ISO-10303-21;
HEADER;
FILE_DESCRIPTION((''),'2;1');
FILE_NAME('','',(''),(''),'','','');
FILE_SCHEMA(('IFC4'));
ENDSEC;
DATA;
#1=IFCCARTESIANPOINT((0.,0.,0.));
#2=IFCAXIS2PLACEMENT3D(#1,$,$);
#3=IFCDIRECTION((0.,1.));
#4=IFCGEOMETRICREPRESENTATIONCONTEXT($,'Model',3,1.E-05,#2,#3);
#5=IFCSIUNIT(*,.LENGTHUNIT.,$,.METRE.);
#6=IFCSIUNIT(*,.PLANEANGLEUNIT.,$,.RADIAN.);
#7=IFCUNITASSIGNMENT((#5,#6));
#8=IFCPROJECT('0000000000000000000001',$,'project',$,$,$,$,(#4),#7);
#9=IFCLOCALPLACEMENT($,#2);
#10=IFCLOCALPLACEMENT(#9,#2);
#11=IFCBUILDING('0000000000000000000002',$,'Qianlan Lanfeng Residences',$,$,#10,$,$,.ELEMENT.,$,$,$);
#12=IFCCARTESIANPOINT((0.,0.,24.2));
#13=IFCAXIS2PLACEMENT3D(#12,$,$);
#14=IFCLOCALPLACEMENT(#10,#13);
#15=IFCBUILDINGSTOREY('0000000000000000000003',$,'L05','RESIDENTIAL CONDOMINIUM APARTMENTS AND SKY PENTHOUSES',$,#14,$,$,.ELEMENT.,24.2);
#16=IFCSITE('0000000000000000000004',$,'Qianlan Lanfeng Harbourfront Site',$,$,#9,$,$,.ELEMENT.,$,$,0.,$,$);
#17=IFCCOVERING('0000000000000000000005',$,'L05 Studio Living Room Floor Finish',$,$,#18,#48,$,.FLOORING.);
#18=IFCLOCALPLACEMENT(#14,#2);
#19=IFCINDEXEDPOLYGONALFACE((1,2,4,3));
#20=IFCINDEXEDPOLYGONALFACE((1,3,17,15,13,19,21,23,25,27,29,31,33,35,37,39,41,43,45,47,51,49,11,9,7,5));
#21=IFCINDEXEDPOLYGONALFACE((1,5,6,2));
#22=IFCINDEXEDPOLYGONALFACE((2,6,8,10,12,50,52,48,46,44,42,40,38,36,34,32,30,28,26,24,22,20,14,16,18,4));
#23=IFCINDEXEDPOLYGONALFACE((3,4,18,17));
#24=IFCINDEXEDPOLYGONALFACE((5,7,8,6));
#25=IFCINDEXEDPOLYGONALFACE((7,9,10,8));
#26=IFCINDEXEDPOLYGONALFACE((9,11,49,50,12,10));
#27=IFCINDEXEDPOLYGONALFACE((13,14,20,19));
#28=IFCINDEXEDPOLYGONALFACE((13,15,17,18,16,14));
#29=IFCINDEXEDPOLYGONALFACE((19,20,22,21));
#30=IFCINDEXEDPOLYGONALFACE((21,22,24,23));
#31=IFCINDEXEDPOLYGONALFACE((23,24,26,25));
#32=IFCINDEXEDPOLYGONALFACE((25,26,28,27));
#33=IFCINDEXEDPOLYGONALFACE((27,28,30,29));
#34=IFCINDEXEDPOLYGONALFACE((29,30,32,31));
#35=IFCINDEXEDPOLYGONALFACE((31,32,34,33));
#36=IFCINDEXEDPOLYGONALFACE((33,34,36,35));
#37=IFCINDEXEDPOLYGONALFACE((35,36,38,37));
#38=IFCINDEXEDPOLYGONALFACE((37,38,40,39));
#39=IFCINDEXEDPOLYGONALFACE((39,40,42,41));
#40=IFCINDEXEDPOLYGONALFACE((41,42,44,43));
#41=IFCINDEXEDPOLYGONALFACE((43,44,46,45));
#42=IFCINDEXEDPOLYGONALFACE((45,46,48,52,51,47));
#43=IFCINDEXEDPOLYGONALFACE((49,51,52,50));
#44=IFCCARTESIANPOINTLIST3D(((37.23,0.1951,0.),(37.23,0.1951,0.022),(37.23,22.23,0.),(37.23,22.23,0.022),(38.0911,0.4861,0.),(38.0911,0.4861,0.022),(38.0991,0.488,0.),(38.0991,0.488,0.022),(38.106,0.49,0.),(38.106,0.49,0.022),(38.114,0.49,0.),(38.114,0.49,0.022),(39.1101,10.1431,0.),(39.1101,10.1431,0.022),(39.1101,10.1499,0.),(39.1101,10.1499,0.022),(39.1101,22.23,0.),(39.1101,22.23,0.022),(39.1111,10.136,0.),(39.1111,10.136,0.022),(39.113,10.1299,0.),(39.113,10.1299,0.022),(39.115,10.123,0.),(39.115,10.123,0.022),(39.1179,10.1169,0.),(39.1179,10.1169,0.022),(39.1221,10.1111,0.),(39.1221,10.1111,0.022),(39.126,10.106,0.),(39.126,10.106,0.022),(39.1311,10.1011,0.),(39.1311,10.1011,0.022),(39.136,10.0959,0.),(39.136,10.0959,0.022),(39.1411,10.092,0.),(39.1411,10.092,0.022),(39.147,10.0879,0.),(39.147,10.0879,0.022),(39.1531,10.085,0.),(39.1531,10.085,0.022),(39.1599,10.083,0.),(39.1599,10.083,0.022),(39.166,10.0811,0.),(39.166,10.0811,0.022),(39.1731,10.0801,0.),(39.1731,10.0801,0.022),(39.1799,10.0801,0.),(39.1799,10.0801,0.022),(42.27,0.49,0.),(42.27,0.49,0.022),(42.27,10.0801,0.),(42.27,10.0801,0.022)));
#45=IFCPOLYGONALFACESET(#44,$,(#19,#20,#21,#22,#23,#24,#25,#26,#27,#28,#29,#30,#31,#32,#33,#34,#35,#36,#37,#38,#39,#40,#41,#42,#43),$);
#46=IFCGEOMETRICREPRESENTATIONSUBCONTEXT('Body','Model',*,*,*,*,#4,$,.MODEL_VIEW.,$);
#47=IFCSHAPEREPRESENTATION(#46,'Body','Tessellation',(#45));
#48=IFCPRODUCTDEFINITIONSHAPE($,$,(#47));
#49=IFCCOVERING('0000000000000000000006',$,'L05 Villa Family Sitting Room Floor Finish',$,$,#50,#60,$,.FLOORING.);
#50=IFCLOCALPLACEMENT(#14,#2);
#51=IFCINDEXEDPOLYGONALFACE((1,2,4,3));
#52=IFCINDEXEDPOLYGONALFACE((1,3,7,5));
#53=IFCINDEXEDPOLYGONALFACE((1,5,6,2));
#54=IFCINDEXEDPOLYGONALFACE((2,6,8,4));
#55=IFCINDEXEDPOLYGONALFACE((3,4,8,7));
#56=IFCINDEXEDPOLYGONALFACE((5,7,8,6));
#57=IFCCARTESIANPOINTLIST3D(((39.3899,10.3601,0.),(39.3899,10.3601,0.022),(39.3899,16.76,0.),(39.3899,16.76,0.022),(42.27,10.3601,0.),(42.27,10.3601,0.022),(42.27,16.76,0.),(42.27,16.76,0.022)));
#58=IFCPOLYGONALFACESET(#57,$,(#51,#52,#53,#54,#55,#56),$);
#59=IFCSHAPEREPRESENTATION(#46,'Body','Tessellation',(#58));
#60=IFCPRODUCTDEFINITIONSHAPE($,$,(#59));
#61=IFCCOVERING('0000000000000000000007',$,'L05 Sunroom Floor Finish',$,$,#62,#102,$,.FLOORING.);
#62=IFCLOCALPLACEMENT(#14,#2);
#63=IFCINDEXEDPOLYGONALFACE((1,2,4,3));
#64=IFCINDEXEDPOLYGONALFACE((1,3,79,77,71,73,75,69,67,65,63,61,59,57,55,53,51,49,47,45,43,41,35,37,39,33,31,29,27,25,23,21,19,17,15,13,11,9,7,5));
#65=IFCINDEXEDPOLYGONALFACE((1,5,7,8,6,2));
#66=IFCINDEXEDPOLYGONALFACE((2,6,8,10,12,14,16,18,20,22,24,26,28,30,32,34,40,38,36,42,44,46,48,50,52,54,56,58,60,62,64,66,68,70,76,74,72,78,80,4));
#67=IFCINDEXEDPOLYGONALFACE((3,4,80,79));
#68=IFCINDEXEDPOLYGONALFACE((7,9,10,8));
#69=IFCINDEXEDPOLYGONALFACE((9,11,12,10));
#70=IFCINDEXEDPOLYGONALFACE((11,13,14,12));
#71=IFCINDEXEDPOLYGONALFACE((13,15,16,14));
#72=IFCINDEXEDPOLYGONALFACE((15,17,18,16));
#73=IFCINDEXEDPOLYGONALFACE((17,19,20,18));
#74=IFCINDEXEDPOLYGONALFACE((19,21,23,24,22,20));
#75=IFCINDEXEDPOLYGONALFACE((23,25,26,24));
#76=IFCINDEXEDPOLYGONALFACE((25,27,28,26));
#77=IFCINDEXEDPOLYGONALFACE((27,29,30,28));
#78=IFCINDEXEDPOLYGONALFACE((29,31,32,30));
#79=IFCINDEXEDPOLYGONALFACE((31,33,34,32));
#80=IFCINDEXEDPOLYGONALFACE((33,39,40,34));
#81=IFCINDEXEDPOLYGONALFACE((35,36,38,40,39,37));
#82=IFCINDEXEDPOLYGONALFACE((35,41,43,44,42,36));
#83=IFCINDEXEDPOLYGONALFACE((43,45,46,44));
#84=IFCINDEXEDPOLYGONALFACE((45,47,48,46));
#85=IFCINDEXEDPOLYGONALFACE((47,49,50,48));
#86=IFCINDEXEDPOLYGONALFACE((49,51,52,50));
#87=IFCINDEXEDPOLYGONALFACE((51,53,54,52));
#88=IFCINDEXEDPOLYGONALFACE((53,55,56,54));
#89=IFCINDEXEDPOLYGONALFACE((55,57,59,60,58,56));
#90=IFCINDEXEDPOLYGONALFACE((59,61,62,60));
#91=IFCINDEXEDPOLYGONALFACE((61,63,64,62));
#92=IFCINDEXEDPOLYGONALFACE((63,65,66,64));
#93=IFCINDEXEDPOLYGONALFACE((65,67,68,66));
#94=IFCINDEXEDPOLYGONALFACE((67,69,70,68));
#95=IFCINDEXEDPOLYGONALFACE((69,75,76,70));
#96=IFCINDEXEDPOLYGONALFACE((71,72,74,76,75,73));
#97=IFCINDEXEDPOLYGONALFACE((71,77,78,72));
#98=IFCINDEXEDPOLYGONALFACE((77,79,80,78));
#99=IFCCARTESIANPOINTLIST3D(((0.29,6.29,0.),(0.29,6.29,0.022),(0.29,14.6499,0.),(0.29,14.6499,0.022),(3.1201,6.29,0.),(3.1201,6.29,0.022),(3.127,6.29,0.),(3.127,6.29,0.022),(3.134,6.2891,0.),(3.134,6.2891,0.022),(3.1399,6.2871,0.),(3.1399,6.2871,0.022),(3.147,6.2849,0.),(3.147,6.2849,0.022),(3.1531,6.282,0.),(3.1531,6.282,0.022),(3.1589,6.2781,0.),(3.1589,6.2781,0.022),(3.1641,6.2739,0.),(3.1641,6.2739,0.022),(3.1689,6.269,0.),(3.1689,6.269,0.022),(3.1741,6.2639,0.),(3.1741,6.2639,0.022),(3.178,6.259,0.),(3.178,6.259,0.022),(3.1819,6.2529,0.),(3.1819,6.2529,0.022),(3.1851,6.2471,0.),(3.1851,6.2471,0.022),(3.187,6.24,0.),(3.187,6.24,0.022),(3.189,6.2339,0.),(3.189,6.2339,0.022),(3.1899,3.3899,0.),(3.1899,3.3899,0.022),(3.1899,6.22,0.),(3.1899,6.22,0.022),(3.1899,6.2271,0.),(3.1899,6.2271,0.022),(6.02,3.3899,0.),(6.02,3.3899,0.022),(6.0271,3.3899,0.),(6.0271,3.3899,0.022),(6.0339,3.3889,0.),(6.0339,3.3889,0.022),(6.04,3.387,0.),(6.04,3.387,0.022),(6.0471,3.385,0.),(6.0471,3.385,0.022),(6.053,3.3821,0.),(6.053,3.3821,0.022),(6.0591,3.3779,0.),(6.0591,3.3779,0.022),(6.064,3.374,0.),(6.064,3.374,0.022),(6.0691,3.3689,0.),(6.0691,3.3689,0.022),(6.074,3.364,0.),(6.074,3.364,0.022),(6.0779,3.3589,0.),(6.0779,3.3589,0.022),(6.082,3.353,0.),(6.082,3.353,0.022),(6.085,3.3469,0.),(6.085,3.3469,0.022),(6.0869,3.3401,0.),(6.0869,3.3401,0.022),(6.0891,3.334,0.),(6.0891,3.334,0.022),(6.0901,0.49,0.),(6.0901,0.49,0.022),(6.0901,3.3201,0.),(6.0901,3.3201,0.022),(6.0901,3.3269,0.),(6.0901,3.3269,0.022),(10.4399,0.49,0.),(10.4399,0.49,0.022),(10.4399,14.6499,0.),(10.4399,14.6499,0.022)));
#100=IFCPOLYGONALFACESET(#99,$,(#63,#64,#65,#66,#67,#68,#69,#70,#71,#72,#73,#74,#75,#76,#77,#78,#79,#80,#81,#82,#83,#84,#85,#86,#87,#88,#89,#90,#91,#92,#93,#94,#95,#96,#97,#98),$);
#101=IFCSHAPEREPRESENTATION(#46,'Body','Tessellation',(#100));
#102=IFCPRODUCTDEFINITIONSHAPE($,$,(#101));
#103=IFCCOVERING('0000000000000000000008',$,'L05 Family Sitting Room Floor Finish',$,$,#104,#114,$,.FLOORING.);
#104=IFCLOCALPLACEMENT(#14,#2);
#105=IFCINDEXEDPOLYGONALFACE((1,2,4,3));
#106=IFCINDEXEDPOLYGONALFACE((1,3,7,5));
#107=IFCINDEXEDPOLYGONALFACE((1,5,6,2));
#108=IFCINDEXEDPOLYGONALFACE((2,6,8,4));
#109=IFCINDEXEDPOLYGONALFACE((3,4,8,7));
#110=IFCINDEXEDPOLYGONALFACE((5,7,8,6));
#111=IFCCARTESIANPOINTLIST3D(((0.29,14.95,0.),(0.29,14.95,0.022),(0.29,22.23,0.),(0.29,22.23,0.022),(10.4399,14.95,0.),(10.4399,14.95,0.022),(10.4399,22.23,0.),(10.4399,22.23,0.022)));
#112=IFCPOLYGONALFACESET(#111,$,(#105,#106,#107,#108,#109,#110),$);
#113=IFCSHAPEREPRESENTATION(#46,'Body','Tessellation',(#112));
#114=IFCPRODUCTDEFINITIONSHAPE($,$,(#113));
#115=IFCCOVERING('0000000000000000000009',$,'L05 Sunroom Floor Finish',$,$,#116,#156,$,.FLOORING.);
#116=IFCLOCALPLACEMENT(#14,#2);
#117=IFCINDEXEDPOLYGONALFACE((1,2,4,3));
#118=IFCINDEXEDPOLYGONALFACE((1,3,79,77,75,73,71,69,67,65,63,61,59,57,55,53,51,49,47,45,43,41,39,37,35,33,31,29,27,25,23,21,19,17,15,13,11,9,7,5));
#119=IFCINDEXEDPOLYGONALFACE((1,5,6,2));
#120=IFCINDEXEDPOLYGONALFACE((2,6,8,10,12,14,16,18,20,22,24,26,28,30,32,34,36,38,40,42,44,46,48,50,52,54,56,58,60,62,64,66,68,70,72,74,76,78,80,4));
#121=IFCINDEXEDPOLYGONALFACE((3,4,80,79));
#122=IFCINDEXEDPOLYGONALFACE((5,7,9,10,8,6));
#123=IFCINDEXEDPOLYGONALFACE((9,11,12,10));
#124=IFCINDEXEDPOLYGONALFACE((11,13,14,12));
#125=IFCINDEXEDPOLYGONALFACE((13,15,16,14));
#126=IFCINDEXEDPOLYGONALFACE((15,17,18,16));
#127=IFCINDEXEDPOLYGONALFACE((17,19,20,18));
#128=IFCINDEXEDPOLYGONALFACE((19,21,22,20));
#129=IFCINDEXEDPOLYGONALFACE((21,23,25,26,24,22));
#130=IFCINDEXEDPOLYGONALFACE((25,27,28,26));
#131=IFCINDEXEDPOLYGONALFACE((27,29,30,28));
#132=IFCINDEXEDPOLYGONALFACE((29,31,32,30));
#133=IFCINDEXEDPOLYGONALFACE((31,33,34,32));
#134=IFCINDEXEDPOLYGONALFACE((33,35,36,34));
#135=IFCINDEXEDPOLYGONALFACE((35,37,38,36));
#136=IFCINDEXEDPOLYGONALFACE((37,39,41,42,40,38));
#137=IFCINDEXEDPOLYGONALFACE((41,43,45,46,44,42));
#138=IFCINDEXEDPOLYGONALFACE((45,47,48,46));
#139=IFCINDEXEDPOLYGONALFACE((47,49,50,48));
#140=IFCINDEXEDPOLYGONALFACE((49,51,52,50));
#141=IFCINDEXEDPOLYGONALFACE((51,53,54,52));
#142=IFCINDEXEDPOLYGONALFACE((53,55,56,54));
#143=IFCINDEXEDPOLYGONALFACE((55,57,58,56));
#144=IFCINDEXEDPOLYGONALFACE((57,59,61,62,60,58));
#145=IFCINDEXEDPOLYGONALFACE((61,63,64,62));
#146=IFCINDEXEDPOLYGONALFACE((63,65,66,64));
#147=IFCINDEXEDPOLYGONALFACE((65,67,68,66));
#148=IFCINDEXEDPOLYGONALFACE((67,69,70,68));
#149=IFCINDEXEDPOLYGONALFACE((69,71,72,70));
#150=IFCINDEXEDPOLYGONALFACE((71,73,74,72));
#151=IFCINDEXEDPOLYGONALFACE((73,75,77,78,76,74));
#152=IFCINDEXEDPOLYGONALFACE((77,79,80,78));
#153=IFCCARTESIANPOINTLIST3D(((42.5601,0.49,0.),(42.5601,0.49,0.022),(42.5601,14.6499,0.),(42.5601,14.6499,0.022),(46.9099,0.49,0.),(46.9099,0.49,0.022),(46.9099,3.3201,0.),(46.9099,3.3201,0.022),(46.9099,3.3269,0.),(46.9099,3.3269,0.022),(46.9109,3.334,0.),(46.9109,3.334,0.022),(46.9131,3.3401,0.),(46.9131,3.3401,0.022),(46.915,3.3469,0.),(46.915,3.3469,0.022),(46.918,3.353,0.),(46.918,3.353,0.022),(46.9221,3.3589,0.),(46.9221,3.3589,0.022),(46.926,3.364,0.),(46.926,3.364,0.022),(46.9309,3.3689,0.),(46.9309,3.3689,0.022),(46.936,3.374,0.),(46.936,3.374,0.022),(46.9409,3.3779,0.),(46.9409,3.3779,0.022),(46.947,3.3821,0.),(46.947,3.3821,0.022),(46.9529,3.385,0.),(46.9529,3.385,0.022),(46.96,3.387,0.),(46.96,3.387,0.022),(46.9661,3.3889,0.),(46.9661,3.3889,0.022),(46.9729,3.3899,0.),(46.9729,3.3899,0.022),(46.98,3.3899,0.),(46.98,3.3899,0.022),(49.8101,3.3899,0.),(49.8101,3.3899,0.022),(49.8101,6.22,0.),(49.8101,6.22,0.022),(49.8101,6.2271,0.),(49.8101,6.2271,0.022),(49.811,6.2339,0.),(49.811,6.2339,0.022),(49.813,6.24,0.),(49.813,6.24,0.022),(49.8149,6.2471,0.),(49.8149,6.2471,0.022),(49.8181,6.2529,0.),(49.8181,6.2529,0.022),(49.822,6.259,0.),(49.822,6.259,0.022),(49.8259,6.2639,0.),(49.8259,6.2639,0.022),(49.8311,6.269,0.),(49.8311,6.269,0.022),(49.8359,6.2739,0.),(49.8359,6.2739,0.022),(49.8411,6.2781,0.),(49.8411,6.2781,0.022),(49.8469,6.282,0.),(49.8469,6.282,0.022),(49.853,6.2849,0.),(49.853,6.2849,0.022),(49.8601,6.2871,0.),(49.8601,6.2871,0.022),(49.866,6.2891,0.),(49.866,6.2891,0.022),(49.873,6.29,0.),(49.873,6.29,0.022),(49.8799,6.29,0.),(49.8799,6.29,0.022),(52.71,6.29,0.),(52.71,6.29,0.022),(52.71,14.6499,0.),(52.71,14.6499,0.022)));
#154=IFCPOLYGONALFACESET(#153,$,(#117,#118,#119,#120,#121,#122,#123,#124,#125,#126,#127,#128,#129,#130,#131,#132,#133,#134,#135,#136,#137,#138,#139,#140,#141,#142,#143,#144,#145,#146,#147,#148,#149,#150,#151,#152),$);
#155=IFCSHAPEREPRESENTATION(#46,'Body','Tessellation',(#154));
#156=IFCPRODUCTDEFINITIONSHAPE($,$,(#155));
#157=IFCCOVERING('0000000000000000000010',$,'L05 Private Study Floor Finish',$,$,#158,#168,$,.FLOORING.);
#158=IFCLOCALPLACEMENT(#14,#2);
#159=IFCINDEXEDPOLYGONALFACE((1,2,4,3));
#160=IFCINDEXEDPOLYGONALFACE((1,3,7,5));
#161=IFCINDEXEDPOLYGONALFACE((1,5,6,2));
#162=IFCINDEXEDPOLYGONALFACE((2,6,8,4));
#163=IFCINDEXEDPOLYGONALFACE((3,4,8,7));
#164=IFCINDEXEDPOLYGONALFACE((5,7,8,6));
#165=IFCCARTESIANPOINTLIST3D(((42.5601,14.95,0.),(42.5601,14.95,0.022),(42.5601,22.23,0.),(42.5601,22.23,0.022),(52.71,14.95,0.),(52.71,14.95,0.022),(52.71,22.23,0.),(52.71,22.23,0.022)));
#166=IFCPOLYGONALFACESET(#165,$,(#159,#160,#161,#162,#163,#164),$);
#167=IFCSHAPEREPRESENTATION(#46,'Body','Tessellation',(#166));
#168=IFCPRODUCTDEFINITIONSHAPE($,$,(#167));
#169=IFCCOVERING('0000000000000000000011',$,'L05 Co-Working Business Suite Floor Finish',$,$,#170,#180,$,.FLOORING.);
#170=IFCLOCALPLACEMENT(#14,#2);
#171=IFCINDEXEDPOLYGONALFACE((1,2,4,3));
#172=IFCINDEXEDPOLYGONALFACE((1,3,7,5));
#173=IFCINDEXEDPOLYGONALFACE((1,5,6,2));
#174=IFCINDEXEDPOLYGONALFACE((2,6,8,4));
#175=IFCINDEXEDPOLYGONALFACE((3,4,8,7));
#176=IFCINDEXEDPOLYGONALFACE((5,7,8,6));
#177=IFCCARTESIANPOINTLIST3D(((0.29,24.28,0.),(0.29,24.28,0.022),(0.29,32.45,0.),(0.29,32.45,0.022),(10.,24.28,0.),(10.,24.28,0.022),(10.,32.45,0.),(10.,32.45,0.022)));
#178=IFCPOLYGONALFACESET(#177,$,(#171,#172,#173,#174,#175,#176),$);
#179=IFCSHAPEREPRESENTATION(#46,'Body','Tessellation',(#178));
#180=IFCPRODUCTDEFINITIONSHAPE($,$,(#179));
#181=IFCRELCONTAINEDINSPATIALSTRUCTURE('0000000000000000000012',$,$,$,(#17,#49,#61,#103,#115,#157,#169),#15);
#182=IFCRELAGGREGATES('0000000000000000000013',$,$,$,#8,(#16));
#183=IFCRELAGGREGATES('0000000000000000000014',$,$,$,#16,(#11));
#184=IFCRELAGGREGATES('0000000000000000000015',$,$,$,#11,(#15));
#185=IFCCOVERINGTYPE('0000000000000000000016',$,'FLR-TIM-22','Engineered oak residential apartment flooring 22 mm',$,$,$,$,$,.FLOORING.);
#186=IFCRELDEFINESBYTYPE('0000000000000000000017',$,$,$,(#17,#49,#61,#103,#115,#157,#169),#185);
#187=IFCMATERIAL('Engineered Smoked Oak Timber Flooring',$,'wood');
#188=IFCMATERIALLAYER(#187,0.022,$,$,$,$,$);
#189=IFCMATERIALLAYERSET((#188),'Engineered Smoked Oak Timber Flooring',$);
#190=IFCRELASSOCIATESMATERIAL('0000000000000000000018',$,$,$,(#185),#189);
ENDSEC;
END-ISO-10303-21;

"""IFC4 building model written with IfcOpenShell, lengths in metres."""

from ifc_helpers import new_model, si_unit, direction, frame, origin, place, context, subcontext, project, spatial, polyline, outline, extrude, material, layer, layer_set, type_object, element, save


model = new_model("IFC4")

# Units and contexts
model_context = context("Model", 3, precision=1e-05, world=origin(), true_north=direction((0.0, 1.0)))
body_context = subcontext(model_context, "Body", "Model", "MODEL_VIEW")
ifc_project = project(units=[si_unit("LENGTHUNIT", "METRE"), si_unit("PLANEANGLEUNIT", "RADIAN")], contexts=[model_context])

# Site, building, storey
site_placement = place(None, origin())
site = spatial("IfcSite", under=ifc_project, at=site_placement, Name="Qianlan Lanfeng Harbourfront Site", CompositionType="ELEMENT", RefElevation=0.0)
building_placement = place(site_placement, origin())
building = spatial("IfcBuilding", under=site, at=building_placement, Name="Qianlan Lanfeng Residences", CompositionType="ELEMENT")
storey_placement = place(building_placement, frame((0.0, 0.0, 24.2)))
storey = spatial("IfcBuildingStorey", under=building, at=storey_placement, Name="L05", Description="RESIDENTIAL CONDOMINIUM APARTMENTS AND SKY PENTHOUSES", CompositionType="ELEMENT", Elevation=24.2)

# Coverings
ifc_material_1 = material(Name="Engineered Smoked Oak Timber Flooring", Category="wood")
ifc_layer_1 = layer(ifc_material_1, 0.022)
ifc_layer_set_1 = layer_set([ifc_layer_1], Name="Engineered Smoked Oak Timber Flooring")
covering_type_1 = type_object("IfcCoveringType", Name="FLR-TIM-22", Description="Engineered oak residential apartment flooring 22 mm", PredefinedType="FLOORING", material=ifc_layer_set_1)
covering_1_placement = place(storey_placement, origin())
element("IfcCovering", 1, at=covering_1_placement, inside=storey, type_object=covering_type_1, Name="L05 Studio Living Room Floor Finish", PredefinedType="FLOORING", context=body_context, shape_type="SweptSolid", body=[
    extrude(outline(polyline([(42.27, 0.49), (42.27, 10.0801), (39.1799, 10.0801), (39.1731, 10.0801), (39.166, 10.0811), (39.1599, 10.083), (39.1531, 10.085), (39.147, 10.0879), (39.1411, 10.092), (39.136, 10.0959), (39.1311, 10.1011), (39.126, 10.106), (39.1221, 10.1111), (39.1179, 10.1169), (39.115, 10.123), (39.113, 10.1299), (39.1111, 10.136), (39.1101, 10.1431), (39.1101, 10.1499), (39.1101, 22.23), (37.23, 22.23), (37.23, 0.1951), (38.0911, 0.4861), (38.0991, 0.488), (38.106, 0.49), (38.114, 0.49), (42.27, 0.49)])), origin(), (0.0, 0.0, 1.0), 0.022),
])
covering_2_placement = place(storey_placement, origin())
element("IfcCovering", 2, at=covering_2_placement, inside=storey, type_object=covering_type_1, Name="L05 Villa Family Sitting Room Floor Finish", PredefinedType="FLOORING", context=body_context, shape_type="SweptSolid", body=[
    extrude(outline(polyline([(39.3899, 16.76), (39.3899, 10.3601), (42.27, 10.3601), (42.27, 16.76), (39.3899, 16.76)])), origin(), (0.0, 0.0, 1.0), 0.022),
])
covering_3_placement = place(storey_placement, origin())
element("IfcCovering", 3, at=covering_3_placement, inside=storey, type_object=covering_type_1, Name="L05 Sunroom Floor Finish", PredefinedType="FLOORING", context=body_context, shape_type="SweptSolid", body=[
    extrude(outline(polyline([(10.4399, 14.6499), (0.29, 14.6499), (0.29, 6.29), (3.1201, 6.29), (3.127, 6.29), (3.134, 6.2891), (3.1399, 6.2871), (3.147, 6.2849), (3.1531, 6.282), (3.1589, 6.2781), (3.1641, 6.2739), (3.1689, 6.269), (3.1741, 6.2639), (3.178, 6.259), (3.1819, 6.2529), (3.1851, 6.2471), (3.187, 6.24), (3.189, 6.2339), (3.1899, 6.2271), (3.1899, 6.22), (3.1899, 3.3899), (6.02, 3.3899), (6.0271, 3.3899), (6.0339, 3.3889), (6.04, 3.387), (6.0471, 3.385), (6.053, 3.3821), (6.0591, 3.3779), (6.064, 3.374), (6.0691, 3.3689), (6.074, 3.364), (6.0779, 3.3589), (6.082, 3.353), (6.085, 3.3469), (6.0869, 3.3401), (6.0891, 3.334), (6.0901, 3.3269), (6.0901, 3.3201), (6.0901, 0.49), (10.4399, 0.49), (10.4399, 14.6499)])), origin(), (0.0, 0.0, 1.0), 0.022),
])
covering_4_placement = place(storey_placement, origin())
element("IfcCovering", 4, at=covering_4_placement, inside=storey, type_object=covering_type_1, Name="L05 Family Sitting Room Floor Finish", PredefinedType="FLOORING", context=body_context, shape_type="SweptSolid", body=[
    extrude(outline(polyline([(10.4399, 22.23), (0.29, 22.23), (0.29, 14.95), (10.4399, 14.95), (10.4399, 22.23)])), origin(), (0.0, 0.0, 1.0), 0.022),
])
covering_5_placement = place(storey_placement, origin())
element("IfcCovering", 5, at=covering_5_placement, inside=storey, type_object=covering_type_1, Name="L05 Sunroom Floor Finish", PredefinedType="FLOORING", context=body_context, shape_type="SweptSolid", body=[
    extrude(outline(polyline([(52.71, 14.6499), (42.5601, 14.6499), (42.5601, 0.49), (46.9099, 0.49), (46.9099, 3.3201), (46.9099, 3.3269), (46.9109, 3.334), (46.9131, 3.3401), (46.915, 3.3469), (46.918, 3.353), (46.9221, 3.3589), (46.926, 3.364), (46.9309, 3.3689), (46.936, 3.374), (46.9409, 3.3779), (46.947, 3.3821), (46.9529, 3.385), (46.96, 3.387), (46.9661, 3.3889), (46.9729, 3.3899), (46.98, 3.3899), (49.8101, 3.3899), (49.8101, 6.22), (49.8101, 6.2271), (49.811, 6.2339), (49.813, 6.24), (49.8149, 6.2471), (49.8181, 6.2529), (49.822, 6.259), (49.8259, 6.2639), (49.8311, 6.269), (49.8359, 6.2739), (49.8411, 6.2781), (49.8469, 6.282), (49.853, 6.2849), (49.8601, 6.2871), (49.866, 6.2891), (49.873, 6.29), (49.8799, 6.29), (52.71, 6.29), (52.71, 14.6499)])), origin(), (0.0, 0.0, 1.0), 0.022),
])
covering_6_placement = place(storey_placement, origin())
element("IfcCovering", 6, at=covering_6_placement, inside=storey, type_object=covering_type_1, Name="L05 Private Study Floor Finish", PredefinedType="FLOORING", context=body_context, shape_type="SweptSolid", body=[
    extrude(outline(polyline([(52.71, 22.23), (42.5601, 22.23), (42.5601, 14.95), (52.71, 14.95), (52.71, 22.23)])), origin(), (0.0, 0.0, 1.0), 0.022),
])
covering_7_placement = place(storey_placement, origin())
element("IfcCovering", 7, at=covering_7_placement, inside=storey, type_object=covering_type_1, Name="L05 Co-Working Business Suite Floor Finish", PredefinedType="FLOORING", context=body_context, shape_type="SweptSolid", body=[
    extrude(outline(polyline([(10.0, 32.45), (0.29, 32.45), (0.29, 24.28), (10.0, 24.28), (10.0, 32.45)])), origin(), (0.0, 0.0, 1.0), 0.022),
])

save(model, "model.ifc")
